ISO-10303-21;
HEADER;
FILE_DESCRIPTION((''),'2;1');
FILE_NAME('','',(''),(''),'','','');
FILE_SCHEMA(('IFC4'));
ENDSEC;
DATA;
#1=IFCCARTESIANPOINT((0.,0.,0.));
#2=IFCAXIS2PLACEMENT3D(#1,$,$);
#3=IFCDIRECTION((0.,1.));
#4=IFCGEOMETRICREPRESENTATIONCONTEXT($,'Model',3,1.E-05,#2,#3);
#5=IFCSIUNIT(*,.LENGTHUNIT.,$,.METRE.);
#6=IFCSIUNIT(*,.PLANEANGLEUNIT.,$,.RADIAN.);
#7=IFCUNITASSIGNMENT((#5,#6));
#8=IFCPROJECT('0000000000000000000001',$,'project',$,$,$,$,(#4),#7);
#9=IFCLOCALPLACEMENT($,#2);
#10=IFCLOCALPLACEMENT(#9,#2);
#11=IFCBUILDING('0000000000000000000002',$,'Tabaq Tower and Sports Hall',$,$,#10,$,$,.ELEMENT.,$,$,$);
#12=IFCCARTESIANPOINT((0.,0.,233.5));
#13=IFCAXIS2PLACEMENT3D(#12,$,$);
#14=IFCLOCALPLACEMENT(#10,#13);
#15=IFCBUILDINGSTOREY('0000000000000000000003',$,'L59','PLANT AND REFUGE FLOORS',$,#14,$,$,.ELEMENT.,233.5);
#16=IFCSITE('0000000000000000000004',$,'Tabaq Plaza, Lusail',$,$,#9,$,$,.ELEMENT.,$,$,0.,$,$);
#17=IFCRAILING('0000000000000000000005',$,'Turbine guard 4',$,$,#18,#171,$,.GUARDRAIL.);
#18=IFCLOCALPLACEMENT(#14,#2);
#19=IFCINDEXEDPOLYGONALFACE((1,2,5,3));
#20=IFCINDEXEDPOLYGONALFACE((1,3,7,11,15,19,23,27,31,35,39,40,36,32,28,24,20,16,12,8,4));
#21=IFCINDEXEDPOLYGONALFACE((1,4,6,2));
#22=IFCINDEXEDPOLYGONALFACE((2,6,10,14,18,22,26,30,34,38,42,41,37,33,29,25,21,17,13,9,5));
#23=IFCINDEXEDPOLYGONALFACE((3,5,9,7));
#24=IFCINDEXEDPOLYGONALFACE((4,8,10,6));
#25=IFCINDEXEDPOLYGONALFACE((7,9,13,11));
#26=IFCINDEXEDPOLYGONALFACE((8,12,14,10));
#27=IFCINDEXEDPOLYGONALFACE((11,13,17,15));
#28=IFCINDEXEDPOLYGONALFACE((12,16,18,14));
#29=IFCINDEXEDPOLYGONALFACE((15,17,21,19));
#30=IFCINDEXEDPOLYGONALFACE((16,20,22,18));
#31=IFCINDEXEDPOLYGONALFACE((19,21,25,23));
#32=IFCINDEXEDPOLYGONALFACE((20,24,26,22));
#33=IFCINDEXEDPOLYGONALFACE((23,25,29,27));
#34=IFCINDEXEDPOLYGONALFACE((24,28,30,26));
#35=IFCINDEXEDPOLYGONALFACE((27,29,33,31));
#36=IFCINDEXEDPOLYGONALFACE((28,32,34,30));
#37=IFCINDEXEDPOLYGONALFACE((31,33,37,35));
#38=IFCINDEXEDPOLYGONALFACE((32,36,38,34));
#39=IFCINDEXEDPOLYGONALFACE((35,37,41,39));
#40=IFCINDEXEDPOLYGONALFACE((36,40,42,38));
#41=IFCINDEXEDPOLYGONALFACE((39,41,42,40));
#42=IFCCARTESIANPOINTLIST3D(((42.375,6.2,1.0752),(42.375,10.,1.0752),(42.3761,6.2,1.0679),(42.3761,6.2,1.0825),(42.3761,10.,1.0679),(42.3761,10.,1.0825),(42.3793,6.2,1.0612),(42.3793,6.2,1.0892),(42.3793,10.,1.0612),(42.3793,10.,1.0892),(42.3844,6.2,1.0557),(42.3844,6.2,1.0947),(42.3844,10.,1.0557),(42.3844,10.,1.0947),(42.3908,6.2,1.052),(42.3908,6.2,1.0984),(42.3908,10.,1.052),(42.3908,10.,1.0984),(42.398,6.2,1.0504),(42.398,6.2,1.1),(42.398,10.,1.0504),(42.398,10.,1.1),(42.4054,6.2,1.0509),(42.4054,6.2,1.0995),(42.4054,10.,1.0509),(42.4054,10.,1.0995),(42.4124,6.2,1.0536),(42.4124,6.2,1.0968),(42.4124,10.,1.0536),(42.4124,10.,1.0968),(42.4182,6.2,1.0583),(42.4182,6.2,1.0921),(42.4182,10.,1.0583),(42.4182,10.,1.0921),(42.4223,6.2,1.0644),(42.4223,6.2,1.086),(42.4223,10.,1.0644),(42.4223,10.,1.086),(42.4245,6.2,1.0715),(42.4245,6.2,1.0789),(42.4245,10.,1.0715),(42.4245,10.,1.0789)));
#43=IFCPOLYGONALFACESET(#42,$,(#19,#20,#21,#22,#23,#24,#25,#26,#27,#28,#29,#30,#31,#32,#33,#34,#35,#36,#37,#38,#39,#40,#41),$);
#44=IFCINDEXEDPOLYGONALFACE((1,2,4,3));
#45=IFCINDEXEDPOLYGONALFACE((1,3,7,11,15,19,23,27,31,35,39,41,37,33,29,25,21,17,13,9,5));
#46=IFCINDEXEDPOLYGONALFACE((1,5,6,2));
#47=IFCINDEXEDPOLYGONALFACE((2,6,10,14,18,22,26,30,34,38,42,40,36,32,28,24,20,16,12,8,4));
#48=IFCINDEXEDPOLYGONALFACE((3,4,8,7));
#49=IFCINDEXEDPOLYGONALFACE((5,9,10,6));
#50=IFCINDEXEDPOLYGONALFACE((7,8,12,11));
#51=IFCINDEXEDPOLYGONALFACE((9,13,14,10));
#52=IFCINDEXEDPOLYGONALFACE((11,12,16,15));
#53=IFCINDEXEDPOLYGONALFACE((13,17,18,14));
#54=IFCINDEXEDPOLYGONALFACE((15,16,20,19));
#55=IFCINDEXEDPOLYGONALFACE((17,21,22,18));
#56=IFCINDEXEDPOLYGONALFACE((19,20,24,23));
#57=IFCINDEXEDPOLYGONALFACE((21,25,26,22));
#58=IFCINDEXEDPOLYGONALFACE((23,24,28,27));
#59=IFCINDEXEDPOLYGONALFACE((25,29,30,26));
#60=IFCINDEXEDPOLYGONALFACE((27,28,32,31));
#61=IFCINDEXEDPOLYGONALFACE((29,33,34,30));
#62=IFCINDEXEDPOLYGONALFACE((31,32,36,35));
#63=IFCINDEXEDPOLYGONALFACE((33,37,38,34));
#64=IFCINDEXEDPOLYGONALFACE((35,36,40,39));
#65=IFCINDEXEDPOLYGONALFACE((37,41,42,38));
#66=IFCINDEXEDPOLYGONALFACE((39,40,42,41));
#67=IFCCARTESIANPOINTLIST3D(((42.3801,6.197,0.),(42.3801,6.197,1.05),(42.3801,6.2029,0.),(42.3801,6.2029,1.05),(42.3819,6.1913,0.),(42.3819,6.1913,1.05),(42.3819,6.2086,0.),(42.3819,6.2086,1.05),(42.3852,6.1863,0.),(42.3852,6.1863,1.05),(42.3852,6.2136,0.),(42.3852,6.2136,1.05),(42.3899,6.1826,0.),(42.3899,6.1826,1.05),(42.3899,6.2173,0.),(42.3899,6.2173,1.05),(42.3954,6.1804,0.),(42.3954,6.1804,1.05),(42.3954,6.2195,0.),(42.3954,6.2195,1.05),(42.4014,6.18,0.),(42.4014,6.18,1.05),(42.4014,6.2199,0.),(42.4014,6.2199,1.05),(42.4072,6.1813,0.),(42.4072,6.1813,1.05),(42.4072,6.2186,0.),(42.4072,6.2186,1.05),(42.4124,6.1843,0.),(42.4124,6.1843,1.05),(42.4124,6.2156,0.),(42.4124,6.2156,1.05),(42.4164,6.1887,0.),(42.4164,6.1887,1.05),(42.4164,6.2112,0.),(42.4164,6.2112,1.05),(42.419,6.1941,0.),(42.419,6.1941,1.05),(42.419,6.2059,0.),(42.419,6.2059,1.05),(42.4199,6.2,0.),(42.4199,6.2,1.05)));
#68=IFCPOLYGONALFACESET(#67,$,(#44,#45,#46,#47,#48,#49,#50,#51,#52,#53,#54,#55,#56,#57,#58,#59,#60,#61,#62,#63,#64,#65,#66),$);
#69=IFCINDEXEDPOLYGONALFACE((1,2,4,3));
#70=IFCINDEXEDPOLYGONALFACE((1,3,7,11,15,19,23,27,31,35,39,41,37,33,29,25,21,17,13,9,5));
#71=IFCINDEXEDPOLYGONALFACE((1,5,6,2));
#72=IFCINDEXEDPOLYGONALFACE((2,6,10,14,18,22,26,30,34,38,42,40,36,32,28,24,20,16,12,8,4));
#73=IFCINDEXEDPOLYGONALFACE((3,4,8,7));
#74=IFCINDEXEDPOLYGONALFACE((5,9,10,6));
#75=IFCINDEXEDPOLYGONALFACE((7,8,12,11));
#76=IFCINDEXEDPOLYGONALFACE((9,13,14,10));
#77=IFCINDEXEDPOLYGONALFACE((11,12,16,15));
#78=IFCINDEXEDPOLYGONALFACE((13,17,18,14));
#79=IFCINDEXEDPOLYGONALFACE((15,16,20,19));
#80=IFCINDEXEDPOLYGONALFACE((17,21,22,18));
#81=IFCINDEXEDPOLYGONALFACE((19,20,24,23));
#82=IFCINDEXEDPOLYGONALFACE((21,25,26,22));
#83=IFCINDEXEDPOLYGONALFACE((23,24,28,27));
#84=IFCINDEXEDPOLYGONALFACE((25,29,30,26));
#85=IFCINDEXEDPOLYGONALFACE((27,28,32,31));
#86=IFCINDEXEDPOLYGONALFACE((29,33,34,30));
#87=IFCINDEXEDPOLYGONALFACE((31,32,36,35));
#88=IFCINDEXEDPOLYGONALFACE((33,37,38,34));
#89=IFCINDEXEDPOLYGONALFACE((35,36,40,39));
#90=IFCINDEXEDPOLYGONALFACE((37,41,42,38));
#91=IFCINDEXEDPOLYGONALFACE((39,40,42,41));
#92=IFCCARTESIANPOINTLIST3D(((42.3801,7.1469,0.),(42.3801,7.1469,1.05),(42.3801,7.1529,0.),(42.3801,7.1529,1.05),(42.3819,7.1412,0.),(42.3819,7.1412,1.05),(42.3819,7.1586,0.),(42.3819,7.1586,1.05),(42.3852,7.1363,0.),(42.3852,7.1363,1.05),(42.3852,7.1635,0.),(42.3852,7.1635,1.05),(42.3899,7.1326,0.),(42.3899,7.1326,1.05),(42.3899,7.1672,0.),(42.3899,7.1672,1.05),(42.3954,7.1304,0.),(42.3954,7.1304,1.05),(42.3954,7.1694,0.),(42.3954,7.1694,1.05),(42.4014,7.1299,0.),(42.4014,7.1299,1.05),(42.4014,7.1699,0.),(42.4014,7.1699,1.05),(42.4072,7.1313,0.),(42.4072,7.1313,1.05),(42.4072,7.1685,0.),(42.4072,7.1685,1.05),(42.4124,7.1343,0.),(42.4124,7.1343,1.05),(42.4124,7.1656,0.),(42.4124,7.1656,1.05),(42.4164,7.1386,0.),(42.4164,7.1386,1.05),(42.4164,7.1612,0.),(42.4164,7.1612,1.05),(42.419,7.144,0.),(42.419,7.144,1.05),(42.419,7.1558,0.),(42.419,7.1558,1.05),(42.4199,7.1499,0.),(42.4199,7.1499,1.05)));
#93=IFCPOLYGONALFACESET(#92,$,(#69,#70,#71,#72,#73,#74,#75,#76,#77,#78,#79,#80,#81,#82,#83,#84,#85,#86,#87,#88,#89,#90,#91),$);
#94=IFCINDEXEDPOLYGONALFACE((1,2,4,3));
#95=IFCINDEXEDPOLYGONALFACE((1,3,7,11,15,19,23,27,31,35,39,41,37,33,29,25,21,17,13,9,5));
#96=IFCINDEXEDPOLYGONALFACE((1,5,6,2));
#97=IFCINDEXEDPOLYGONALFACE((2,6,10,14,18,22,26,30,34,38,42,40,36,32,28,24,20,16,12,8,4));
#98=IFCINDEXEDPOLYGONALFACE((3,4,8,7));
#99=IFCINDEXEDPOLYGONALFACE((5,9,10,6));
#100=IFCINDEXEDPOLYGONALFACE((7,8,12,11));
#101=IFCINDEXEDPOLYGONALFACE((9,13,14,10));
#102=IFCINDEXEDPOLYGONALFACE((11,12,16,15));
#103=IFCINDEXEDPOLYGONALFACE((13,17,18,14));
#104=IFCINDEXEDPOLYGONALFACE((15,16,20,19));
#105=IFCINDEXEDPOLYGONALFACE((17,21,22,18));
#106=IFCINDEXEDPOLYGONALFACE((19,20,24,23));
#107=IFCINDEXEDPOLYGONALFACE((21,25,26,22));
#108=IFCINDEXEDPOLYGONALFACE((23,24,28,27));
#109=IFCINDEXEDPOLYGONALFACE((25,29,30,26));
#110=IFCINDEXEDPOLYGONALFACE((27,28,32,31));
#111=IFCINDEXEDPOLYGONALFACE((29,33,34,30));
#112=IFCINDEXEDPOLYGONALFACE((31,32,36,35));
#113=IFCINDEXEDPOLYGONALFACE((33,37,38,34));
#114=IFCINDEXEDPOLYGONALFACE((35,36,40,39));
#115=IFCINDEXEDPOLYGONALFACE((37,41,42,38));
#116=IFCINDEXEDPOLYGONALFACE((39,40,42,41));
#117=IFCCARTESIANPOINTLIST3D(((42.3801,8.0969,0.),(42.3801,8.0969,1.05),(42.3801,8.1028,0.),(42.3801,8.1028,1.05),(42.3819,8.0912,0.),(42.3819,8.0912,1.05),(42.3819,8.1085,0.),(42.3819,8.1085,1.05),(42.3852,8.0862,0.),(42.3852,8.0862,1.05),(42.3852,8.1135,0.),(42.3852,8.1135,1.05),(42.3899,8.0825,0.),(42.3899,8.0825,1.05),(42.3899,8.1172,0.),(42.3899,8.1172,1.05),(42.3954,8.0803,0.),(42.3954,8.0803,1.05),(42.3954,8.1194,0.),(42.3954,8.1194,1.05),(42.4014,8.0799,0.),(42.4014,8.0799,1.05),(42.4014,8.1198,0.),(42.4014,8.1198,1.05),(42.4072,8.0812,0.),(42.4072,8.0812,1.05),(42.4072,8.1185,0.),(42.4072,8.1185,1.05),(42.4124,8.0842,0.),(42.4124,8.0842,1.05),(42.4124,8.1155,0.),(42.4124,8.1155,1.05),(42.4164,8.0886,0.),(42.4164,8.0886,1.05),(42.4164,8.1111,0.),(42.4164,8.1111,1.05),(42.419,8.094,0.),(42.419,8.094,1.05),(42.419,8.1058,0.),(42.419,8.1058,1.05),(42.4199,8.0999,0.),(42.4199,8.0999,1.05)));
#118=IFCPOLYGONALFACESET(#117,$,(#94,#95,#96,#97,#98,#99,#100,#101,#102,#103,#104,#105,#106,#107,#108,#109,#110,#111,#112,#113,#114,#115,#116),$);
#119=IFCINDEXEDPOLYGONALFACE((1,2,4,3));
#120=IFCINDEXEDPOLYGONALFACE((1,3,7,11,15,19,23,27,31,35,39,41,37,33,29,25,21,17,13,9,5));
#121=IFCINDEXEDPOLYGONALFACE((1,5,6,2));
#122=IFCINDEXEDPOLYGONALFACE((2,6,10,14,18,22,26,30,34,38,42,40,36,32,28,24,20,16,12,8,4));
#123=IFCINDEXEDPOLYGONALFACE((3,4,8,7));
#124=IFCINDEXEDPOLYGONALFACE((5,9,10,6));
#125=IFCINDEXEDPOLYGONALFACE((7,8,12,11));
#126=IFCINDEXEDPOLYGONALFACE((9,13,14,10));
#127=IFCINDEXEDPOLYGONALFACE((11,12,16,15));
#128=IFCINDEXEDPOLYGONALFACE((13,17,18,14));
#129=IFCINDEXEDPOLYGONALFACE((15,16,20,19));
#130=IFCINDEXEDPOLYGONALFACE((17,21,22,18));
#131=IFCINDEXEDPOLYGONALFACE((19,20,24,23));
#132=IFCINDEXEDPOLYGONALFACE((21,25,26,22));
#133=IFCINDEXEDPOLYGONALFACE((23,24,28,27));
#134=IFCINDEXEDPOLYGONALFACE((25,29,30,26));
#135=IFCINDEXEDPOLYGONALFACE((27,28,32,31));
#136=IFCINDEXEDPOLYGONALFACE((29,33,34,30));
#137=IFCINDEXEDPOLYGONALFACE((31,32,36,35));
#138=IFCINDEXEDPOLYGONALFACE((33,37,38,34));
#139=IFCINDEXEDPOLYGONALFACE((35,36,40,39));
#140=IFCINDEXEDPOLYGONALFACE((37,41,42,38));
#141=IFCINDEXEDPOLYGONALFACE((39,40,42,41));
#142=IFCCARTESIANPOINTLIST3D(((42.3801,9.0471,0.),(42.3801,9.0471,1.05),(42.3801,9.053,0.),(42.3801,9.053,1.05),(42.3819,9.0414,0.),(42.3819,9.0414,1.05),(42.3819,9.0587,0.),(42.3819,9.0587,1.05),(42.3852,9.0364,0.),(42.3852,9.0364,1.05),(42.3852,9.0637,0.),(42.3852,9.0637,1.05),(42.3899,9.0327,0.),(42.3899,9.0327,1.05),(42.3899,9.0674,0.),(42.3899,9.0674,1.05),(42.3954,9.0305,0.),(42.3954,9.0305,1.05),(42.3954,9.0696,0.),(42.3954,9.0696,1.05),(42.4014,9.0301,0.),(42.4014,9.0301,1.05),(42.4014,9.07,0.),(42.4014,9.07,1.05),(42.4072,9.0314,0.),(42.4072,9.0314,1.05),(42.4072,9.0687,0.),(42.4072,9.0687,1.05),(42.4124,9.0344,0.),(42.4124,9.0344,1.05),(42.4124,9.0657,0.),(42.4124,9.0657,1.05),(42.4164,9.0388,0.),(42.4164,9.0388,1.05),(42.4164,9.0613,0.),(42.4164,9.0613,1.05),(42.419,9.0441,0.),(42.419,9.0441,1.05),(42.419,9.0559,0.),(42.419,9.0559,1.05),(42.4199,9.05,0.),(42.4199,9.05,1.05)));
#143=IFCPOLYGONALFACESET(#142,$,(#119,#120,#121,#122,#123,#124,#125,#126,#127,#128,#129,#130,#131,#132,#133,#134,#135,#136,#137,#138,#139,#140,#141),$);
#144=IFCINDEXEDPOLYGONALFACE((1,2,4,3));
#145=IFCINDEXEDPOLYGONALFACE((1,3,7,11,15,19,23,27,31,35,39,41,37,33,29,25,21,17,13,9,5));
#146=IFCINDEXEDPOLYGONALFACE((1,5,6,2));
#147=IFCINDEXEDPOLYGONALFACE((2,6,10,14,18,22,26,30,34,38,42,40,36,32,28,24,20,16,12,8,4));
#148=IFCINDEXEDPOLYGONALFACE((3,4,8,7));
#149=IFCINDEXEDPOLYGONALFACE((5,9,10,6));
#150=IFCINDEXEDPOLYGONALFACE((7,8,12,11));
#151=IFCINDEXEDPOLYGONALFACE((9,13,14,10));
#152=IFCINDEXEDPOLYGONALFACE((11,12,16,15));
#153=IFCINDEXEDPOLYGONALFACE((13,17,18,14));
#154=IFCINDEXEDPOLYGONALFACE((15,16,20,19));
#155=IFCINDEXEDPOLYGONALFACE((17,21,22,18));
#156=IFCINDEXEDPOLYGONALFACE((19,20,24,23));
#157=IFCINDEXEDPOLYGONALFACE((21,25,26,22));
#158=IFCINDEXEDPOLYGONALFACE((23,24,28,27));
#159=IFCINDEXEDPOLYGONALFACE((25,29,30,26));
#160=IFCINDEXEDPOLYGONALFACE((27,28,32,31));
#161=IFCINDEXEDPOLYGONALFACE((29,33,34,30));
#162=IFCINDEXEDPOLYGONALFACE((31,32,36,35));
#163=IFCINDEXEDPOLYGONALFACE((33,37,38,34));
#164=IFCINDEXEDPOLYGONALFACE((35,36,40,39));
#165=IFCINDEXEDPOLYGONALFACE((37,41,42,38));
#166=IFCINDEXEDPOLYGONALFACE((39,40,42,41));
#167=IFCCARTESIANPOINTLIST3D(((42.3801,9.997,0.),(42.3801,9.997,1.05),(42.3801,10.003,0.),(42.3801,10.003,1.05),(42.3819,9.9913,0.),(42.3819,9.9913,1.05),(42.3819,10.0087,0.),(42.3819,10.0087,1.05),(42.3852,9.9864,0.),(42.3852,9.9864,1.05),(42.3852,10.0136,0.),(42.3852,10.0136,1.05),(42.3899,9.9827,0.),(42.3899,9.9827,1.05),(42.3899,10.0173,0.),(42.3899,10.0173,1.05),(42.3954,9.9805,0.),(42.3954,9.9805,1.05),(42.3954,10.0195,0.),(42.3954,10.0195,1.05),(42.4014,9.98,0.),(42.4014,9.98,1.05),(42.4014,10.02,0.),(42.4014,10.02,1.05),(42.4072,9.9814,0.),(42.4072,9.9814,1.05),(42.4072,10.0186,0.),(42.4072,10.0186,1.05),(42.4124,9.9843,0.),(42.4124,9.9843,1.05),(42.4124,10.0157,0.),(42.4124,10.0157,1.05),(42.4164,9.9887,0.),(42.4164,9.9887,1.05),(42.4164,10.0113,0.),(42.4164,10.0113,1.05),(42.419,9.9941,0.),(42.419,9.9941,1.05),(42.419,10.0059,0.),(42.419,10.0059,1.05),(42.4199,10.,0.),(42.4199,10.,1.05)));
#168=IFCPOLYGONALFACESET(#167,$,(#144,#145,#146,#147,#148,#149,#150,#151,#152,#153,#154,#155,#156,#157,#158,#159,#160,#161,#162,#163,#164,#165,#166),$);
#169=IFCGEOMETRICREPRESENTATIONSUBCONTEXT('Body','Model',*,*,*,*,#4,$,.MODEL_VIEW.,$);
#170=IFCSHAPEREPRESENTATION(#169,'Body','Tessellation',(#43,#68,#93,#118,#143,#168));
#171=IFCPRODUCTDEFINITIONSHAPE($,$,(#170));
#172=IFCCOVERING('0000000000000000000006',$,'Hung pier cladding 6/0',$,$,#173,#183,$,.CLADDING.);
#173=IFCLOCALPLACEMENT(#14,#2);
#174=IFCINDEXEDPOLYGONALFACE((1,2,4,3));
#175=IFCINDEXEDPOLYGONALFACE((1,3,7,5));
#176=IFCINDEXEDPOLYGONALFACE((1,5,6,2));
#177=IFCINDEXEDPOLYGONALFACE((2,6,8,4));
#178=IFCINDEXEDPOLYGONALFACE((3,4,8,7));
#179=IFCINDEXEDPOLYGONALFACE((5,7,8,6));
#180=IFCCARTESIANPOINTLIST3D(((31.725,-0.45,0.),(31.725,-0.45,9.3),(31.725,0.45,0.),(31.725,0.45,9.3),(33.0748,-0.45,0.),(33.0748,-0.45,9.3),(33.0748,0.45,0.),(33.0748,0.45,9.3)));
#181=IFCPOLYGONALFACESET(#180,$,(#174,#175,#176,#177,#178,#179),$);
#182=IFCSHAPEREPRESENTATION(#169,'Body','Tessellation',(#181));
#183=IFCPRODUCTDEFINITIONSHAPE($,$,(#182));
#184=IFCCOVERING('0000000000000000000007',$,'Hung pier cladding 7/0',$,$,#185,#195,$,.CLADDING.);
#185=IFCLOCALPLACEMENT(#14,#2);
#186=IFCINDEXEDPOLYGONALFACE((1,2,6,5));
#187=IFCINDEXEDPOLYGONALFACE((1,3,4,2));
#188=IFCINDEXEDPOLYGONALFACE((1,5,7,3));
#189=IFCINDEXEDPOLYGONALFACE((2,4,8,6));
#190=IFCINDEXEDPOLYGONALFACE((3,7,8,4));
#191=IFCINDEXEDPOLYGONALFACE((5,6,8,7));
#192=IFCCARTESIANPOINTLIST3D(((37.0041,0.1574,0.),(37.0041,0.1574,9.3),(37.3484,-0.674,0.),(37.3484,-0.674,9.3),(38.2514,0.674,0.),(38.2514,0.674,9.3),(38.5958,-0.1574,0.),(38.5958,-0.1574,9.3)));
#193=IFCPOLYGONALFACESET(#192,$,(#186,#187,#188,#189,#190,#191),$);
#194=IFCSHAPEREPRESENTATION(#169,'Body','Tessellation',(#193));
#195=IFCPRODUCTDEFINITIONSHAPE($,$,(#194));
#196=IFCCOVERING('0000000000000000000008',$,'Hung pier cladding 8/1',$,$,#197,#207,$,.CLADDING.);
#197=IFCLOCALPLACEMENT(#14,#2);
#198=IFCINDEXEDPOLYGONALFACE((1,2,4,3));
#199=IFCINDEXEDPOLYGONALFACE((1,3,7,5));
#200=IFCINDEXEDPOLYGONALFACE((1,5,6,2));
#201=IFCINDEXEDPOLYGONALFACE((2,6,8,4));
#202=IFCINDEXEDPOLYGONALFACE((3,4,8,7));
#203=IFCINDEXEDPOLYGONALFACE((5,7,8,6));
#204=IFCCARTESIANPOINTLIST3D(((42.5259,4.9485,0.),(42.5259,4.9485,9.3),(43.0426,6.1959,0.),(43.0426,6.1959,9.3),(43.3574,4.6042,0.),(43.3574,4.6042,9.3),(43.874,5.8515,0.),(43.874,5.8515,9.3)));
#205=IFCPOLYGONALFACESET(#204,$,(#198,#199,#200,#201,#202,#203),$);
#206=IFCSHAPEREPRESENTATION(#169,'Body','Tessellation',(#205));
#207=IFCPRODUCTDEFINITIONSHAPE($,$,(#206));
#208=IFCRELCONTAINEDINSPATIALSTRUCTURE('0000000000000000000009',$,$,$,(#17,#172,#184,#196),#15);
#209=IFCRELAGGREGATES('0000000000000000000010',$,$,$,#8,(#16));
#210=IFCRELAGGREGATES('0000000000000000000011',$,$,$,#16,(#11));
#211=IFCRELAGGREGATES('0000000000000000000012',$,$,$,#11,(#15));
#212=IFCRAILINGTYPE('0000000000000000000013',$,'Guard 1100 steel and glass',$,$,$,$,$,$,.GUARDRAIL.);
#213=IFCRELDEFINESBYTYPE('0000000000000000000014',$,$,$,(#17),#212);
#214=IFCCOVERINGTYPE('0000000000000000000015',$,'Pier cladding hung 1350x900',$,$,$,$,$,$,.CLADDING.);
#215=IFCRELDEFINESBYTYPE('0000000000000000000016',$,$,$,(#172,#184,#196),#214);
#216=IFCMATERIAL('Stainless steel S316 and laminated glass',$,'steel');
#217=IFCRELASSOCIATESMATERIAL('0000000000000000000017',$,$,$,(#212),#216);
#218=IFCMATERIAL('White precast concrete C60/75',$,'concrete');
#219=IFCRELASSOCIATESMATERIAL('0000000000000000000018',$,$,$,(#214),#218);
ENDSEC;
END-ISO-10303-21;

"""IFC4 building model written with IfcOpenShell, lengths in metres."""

from ifc_helpers import new_model, si_unit, direction, frame, frame_2d, origin, origin_2d, place, context, subcontext, project, spatial, rectangle, circle, extrude, material, type_object, element, save


model = new_model("IFC4")

# Units and contexts
model_context = context("Model", 3, precision=1e-05, world=origin(), true_north=direction((0.0, 1.0)))
body_context = subcontext(model_context, "Body", "Model", "MODEL_VIEW")
ifc_project = project(units=[si_unit("LENGTHUNIT", "METRE"), si_unit("PLANEANGLEUNIT", "RADIAN")], contexts=[model_context])

# Site, building, storey
site_placement = place(None, origin())
site = spatial("IfcSite", under=ifc_project, at=site_placement, Name="Tabaq Plaza, Lusail", CompositionType="ELEMENT", RefElevation=0.0)
building_placement = place(site_placement, origin())
building = spatial("IfcBuilding", under=site, at=building_placement, Name="Tabaq Tower and Sports Hall", CompositionType="ELEMENT")
storey_placement = place(building_placement, frame((0.0, 0.0, 233.5)))
storey = spatial("IfcBuildingStorey", under=building, at=storey_placement, Name="L59", Description="PLANT AND REFUGE FLOORS", CompositionType="ELEMENT", Elevation=233.5)

# Railing
ifc_material_1 = material(Name="Stainless steel S316 and laminated glass", Category="steel")
railing_type = type_object("IfcRailingType", Name="Guard 1100 steel and glass", PredefinedType="GUARDRAIL", material=ifc_material_1)
railing_1_placement = place(storey_placement, frame((42.3999, 6.2, 0.0)))
element("IfcRailing", 1, at=railing_1_placement, inside=storey, type_object=railing_type, Name="Turbine guard 4", PredefinedType="GUARDRAIL", context=body_context, shape_type="SweptSolid", body=[
    extrude(circle(Radius=0.0249, at=origin_2d()), frame((0.0, 0.0, 1.0752), z_axis=(0.0, 1.0, 0.0), x_axis=(-1.0, 0.0, 0.0)), (0.0, 0.0, 1.0), 3.8),
    extrude(circle(Radius=0.02, at=origin_2d()), origin(), (0.0, 0.0, 1.0), 1.05),
    extrude(circle(Radius=0.02, at=origin_2d()), frame((0.0, 0.95, 0.0)), (0.0, 0.0, 1.0), 1.05),
    extrude(circle(Radius=0.02, at=origin_2d()), frame((0.0, 1.8999, 0.0)), (0.0, 0.0, 1.0), 1.05),
    extrude(circle(Radius=0.02, at=origin_2d()), frame((0.0, 2.8501, 0.0)), (0.0, 0.0, 1.0), 1.05),
    extrude(circle(Radius=0.02, at=origin_2d()), frame((0.0, 3.8, 0.0)), (0.0, 0.0, 1.0), 1.05),
])

# Coverings
ifc_material_2 = material(Name="White precast concrete C60/75", Category="concrete")
covering_type_1 = type_object("IfcCoveringType", Name="Pier cladding hung 1350x900", PredefinedType="CLADDING", material=ifc_material_2)
covering_1_placement = place(storey_placement, frame((31.7251, 0.0, 0.0), z_axis=(0.0, 0.0, 1.0), x_axis=(1.0, 0.0, 0.0)))
element("IfcCovering", 2, at=covering_1_placement, inside=storey, type_object=covering_type_1, Name="Hung pier cladding 6/0", PredefinedType="CLADDING", context=body_context, shape_type="SweptSolid", body=[
    extrude(rectangle(XDim=1.3499, YDim=0.8999, at=frame_2d((0.6748, 0.0))), origin(), (0.0, 0.0, 1.0), 9.3),
])
for number, where, z_axis, x_axis, name in (
    (3, (37.1763, -0.2583, 0.0), (0.0, 0.0, 1.0), (0.923893, 0.38265, 0.0), "Hung pier cladding 7/0"),
    (4, (42.9417, 4.7764, 0.0), (0.0, 0.0, 1.0), (0.38265, 0.923893, 0.0), "Hung pier cladding 8/1"),
):
    element("IfcCovering", number, at=place(storey_placement, frame(where, z_axis=z_axis, x_axis=x_axis)), inside=storey, type_object=covering_type_1, Name=name, PredefinedType="CLADDING", context=body_context, shape_type="SweptSolid", body=[
        extrude(rectangle(XDim=1.3501, YDim=0.8999, at=frame_2d((0.675, 0.0))), origin(), (0.0, 0.0, 1.0), 9.3),
    ])

save(model, "model.ifc")
